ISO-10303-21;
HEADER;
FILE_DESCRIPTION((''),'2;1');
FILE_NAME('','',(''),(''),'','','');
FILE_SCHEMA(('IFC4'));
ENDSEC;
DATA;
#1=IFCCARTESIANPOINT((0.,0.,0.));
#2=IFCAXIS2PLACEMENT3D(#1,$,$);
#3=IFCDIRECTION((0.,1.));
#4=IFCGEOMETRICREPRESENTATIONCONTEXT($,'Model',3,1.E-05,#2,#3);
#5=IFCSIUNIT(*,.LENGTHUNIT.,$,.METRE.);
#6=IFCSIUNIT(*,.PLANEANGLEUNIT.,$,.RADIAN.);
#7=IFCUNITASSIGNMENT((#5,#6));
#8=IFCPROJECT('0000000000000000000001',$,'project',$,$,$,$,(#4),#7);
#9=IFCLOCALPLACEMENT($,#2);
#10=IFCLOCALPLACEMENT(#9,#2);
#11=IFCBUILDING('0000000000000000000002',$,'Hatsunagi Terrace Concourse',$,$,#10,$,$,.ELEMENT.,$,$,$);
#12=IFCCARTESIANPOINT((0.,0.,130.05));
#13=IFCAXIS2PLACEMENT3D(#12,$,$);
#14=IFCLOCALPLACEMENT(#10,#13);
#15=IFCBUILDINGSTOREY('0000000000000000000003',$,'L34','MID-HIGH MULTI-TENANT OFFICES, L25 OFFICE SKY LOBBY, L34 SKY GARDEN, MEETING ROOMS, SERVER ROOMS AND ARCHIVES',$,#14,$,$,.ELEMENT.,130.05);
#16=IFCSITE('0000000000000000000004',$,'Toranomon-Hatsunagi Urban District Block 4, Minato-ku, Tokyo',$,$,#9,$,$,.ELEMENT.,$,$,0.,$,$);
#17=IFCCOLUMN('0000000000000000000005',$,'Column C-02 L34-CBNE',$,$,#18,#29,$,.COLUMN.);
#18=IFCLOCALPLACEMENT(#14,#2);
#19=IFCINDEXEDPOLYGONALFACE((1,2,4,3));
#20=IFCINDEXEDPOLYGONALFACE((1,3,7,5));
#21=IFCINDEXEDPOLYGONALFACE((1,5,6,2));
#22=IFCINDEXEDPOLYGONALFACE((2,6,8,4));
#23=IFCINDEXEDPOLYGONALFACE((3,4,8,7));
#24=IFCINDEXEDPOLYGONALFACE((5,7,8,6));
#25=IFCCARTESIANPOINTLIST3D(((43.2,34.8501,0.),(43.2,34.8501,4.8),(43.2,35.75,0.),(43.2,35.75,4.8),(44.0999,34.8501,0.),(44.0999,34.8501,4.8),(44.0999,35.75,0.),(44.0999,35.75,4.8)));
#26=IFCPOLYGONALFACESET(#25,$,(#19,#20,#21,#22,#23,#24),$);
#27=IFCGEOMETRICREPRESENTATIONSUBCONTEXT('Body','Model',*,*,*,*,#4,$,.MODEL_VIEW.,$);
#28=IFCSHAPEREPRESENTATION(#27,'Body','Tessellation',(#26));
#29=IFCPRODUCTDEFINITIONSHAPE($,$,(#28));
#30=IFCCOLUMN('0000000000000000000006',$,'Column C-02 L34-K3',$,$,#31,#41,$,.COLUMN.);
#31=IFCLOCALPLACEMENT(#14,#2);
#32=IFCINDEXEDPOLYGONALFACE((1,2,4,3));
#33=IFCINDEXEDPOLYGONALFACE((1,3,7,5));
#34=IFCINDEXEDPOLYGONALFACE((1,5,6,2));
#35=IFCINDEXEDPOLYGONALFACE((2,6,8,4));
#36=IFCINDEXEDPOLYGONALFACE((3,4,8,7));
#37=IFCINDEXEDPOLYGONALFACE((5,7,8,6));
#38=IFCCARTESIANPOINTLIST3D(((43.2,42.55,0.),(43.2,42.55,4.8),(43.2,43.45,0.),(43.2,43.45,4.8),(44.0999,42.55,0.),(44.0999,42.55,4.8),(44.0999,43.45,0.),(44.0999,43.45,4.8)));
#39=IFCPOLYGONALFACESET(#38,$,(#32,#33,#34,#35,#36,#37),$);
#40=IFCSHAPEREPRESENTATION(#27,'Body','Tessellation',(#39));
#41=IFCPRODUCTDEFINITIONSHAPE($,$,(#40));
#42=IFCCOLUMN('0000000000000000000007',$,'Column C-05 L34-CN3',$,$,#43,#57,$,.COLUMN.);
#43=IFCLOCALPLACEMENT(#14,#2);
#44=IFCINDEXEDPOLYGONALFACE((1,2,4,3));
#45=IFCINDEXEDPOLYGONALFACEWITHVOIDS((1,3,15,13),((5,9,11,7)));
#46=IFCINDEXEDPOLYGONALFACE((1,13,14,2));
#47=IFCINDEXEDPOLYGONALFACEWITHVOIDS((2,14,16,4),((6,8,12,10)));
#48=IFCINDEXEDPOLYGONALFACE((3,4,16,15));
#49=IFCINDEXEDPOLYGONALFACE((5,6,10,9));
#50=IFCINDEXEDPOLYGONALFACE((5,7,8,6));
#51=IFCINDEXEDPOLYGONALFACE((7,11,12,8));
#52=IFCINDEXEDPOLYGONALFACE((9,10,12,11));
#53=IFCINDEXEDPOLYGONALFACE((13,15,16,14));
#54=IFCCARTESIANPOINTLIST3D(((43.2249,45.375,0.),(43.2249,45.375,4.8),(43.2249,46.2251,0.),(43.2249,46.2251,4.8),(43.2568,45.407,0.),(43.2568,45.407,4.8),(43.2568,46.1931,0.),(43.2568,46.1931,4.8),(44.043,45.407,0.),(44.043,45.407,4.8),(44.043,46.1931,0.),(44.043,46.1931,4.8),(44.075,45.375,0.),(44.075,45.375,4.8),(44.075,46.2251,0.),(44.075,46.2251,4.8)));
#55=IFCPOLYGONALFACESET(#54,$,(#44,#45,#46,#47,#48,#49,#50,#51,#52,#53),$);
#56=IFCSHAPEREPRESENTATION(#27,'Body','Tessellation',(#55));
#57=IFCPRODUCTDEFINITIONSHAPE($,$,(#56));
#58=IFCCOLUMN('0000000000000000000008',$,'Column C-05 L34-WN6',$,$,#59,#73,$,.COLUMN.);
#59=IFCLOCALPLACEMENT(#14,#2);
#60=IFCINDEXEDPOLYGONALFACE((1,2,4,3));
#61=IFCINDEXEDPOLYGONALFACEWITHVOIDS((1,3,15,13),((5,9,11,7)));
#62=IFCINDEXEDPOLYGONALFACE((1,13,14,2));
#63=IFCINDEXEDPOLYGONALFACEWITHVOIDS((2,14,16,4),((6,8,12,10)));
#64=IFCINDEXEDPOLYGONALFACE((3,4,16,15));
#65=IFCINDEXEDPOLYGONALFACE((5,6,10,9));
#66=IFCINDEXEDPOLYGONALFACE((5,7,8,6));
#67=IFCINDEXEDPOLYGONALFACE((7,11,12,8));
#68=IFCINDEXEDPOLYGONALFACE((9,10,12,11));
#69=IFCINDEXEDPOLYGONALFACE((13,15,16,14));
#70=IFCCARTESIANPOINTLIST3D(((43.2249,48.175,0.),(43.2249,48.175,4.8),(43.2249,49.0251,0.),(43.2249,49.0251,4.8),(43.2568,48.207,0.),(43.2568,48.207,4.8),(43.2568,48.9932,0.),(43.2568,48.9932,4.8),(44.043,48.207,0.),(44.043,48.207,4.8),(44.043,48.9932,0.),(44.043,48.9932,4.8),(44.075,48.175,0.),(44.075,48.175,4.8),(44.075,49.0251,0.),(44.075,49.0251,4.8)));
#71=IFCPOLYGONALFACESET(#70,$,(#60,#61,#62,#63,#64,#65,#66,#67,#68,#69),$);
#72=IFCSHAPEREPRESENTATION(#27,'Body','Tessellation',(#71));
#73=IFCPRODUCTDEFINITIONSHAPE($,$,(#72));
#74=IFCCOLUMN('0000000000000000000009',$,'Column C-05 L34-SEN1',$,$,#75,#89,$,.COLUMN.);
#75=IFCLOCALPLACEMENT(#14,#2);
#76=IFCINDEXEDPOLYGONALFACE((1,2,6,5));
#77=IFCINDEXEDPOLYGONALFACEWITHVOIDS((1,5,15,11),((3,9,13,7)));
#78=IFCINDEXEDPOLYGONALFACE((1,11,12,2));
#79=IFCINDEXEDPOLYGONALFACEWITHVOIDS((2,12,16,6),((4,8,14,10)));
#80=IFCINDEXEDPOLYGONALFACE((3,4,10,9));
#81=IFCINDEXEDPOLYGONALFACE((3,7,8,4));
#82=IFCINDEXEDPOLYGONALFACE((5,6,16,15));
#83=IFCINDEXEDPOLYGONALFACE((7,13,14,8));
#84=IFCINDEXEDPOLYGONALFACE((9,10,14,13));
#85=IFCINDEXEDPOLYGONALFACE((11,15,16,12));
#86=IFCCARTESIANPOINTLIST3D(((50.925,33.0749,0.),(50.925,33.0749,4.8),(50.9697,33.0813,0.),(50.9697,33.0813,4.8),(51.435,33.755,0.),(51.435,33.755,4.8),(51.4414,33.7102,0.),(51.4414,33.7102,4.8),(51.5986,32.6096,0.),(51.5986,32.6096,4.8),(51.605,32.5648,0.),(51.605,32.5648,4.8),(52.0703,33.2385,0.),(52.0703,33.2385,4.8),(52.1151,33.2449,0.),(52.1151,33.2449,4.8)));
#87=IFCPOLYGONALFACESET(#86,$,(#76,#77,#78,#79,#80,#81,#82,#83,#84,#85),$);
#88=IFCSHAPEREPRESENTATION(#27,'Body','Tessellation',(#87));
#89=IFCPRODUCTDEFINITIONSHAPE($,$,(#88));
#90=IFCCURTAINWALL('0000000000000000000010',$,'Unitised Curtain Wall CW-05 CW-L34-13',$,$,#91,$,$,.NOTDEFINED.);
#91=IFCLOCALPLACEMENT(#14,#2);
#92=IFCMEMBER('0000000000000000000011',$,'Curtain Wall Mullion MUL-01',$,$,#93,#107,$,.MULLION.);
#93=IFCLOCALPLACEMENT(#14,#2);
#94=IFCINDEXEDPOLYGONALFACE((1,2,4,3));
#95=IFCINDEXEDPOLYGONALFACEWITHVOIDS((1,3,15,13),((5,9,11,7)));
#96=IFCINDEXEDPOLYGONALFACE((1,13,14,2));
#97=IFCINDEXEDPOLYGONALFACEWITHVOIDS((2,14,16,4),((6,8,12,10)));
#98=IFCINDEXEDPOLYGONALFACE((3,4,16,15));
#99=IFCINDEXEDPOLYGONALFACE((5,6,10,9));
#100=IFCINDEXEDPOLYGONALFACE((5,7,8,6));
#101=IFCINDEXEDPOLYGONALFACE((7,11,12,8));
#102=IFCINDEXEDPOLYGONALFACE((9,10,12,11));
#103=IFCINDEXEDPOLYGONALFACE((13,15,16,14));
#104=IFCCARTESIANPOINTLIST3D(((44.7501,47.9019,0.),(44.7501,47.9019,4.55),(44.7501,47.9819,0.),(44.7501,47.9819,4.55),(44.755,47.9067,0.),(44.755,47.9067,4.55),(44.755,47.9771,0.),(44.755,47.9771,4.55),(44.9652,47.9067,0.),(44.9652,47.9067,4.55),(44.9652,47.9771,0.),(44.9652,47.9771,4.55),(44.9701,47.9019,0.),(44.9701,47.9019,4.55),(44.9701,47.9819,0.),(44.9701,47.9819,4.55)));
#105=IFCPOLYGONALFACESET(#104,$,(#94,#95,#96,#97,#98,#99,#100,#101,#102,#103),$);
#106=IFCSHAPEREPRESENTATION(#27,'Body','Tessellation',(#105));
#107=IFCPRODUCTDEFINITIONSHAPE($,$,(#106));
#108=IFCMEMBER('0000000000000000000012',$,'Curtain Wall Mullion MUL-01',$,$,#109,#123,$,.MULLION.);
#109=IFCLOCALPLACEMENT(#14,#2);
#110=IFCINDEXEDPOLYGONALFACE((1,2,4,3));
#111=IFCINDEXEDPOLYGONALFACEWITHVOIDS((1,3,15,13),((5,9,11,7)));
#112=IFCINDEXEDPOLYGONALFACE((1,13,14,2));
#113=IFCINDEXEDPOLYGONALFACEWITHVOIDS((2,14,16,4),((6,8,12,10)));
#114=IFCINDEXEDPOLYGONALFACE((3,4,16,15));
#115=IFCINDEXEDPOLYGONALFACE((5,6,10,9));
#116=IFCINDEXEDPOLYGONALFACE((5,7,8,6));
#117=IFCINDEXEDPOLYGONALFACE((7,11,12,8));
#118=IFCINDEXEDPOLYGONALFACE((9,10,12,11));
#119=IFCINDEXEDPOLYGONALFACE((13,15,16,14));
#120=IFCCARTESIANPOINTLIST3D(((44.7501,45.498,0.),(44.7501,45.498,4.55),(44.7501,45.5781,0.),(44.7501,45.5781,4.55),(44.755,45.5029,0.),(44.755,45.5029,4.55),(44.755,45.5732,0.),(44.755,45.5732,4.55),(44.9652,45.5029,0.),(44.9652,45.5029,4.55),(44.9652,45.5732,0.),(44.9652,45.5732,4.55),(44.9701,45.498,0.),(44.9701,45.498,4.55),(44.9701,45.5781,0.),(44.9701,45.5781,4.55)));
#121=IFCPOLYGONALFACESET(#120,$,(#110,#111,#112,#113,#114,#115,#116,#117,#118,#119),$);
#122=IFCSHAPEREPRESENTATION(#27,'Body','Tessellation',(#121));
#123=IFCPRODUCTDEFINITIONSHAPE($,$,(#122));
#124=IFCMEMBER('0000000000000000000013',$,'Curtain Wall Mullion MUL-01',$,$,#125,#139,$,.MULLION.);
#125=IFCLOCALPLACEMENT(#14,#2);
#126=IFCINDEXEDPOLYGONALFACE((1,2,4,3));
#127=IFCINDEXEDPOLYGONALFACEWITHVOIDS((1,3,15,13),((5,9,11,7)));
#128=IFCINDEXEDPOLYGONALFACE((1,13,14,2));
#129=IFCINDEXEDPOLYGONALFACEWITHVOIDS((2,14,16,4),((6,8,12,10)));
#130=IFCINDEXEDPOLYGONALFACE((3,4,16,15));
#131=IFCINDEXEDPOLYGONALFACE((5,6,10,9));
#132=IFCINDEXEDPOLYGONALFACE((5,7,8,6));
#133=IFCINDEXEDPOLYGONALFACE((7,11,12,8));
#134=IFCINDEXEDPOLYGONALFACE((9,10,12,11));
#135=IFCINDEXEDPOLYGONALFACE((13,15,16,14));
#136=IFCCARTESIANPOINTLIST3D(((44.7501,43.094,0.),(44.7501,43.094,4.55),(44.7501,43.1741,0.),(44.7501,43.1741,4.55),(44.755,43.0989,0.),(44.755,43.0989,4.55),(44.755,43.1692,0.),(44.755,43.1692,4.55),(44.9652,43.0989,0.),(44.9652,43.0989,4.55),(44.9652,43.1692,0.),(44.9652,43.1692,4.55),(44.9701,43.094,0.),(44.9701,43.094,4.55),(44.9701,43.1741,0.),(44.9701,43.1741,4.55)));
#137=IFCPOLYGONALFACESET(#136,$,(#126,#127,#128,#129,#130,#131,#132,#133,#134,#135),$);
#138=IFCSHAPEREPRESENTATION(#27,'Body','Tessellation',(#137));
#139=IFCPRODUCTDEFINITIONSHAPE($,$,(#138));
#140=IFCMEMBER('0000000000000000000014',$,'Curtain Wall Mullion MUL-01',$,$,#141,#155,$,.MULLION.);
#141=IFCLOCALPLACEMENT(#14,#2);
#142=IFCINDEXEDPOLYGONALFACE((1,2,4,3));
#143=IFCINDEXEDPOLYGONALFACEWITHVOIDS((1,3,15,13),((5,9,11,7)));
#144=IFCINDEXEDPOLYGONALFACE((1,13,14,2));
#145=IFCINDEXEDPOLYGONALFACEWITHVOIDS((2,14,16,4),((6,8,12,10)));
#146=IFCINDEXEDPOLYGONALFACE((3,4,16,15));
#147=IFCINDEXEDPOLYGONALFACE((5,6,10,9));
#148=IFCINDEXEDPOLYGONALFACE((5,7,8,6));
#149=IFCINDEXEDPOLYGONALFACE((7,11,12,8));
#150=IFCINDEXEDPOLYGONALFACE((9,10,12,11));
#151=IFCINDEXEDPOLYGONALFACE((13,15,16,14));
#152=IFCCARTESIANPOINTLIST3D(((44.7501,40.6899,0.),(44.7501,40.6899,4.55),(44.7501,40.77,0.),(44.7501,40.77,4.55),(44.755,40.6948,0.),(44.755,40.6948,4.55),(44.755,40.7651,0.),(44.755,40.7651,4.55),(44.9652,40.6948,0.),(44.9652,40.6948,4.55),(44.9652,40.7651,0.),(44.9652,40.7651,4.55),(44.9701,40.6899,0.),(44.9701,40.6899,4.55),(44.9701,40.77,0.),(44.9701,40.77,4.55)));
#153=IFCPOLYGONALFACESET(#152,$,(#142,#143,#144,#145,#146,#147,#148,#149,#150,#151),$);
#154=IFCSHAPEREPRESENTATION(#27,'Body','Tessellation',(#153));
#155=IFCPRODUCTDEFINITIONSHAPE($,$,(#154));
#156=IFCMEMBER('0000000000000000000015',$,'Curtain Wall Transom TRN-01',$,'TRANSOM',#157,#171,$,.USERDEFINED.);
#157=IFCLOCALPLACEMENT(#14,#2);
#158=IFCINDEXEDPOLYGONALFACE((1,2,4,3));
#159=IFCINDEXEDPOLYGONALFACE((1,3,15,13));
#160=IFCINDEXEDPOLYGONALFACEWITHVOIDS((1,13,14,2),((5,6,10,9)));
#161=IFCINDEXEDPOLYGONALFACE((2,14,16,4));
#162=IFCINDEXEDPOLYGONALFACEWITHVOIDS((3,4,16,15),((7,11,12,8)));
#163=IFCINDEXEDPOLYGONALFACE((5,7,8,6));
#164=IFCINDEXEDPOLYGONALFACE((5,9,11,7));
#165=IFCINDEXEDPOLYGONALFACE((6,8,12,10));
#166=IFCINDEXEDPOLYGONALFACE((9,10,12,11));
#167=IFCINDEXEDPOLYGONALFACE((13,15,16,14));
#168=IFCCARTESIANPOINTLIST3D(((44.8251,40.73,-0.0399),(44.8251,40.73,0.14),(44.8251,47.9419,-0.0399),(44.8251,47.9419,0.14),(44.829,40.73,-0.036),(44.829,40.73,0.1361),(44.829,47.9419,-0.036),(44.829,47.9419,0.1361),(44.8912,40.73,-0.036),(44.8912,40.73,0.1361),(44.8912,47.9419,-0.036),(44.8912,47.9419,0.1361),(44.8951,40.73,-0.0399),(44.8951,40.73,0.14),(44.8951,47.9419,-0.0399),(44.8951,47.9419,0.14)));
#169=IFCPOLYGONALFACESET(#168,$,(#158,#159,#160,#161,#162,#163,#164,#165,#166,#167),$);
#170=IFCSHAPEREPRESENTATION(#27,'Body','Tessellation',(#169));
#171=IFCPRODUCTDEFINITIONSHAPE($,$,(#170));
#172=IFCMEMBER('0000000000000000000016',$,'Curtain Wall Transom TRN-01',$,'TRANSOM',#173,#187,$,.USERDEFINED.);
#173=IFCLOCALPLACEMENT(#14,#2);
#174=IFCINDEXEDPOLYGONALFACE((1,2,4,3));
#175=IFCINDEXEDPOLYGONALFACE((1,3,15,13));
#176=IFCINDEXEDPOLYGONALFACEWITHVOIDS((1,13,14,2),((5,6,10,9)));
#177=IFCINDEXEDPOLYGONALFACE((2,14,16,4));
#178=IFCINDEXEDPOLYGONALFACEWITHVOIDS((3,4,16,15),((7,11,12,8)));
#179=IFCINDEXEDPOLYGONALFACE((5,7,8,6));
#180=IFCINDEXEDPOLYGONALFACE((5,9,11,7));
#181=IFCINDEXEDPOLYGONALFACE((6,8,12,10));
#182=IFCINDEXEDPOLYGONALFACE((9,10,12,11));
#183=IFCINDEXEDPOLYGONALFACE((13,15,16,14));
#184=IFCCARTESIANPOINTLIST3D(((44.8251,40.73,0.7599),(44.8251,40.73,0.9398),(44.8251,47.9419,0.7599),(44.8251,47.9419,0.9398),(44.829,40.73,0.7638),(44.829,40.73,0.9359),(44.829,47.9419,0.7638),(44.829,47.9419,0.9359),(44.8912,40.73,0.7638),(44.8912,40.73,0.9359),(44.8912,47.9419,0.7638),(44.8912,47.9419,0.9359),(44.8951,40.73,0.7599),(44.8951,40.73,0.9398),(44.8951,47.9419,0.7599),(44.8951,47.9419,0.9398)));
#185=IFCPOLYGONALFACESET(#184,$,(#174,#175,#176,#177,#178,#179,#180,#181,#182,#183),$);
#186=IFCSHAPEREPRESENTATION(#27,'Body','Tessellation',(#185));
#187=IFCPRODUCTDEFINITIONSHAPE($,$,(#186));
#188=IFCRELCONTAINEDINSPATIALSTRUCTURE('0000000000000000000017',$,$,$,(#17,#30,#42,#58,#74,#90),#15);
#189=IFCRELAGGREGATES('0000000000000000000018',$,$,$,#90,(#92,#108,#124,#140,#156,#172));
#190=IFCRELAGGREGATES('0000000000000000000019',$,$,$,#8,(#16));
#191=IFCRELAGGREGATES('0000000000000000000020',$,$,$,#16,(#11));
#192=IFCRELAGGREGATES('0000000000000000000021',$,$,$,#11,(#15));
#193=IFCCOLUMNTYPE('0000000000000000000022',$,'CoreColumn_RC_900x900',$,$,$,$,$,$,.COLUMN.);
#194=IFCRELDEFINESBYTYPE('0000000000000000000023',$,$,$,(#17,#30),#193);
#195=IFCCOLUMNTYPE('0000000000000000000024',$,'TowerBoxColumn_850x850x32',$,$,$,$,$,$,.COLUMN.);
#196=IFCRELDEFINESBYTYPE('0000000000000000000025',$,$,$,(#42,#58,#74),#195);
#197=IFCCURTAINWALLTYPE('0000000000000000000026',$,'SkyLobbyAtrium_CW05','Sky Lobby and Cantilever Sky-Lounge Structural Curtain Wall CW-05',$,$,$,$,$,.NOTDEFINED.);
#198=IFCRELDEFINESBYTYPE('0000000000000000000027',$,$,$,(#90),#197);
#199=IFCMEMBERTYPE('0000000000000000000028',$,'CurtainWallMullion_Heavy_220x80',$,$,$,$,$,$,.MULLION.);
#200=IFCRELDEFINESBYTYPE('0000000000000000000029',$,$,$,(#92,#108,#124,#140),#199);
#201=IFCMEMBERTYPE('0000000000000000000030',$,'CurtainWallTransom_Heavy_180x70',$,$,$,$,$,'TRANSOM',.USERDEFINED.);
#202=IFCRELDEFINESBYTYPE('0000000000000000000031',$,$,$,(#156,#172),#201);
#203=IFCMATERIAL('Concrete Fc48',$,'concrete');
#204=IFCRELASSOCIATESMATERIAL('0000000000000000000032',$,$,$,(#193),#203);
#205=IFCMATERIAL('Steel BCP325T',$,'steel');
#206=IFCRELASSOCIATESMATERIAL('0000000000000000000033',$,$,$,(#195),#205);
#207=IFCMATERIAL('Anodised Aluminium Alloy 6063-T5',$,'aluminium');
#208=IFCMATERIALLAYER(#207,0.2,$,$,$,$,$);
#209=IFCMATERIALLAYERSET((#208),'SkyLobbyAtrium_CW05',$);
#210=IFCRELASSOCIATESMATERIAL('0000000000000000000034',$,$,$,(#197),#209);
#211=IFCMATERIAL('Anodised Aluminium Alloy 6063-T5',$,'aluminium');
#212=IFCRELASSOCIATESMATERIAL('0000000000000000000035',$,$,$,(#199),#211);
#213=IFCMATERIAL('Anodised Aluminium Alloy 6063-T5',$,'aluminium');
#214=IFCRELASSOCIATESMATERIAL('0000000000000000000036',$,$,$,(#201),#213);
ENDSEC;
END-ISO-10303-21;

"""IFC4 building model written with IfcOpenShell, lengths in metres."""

from ifc_helpers import new_model, si_unit, direction, frame, origin, origin_2d, place, context, subcontext, project, spatial, rectangle, hollow_rectangle, extrude, material, layer, layer_set, material_profile, profile_set, type_object, element, aggregate, save


model = new_model("IFC4")

# Units and contexts
model_context = context("Model", 3, precision=1e-05, world=origin(), true_north=direction((0.0, 1.0)))
body_context = subcontext(model_context, "Body", "Model", "MODEL_VIEW")
ifc_project = project(units=[si_unit("LENGTHUNIT", "METRE"), si_unit("PLANEANGLEUNIT", "RADIAN")], contexts=[model_context])

# Site, building, storey
site_placement = place(None, origin())
site = spatial("IfcSite", under=ifc_project, at=site_placement, Name="Toranomon-Hatsunagi Urban District Block 4, Minato-ku, Tokyo", CompositionType="ELEMENT", RefElevation=0.0)
building_placement = place(site_placement, origin())
building = spatial("IfcBuilding", under=site, at=building_placement, Name="Hatsunagi Terrace Concourse", CompositionType="ELEMENT")
storey_placement = place(building_placement, frame((0.0, 0.0, 130.05)))
storey = spatial("IfcBuildingStorey", under=building, at=storey_placement, Name="L34", Description="MID-HIGH MULTI-TENANT OFFICES, L25 OFFICE SKY LOBBY, L34 SKY GARDEN, MEETING ROOMS, SERVER ROOMS AND ARCHIVES", CompositionType="ELEMENT", Elevation=130.05)

# Columns
ifc_material_1 = material(Name="Concrete Fc48", Category="concrete")
ifc_material_profile_1 = material_profile(ifc_material_1, rectangle(XDim=0.8999, YDim=0.8999, at=origin_2d()), Name="RC-900x900")
ifc_profile_set_1 = profile_set([ifc_material_profile_1], Name="Concrete Fc48")
column_type_1 = type_object("IfcColumnType", Name="CoreColumn_RC_900x900", PredefinedType="COLUMN", material=ifc_profile_set_1)
for number, where, z_axis, x_axis, name in (
    (1, (43.6499, 35.3, 0.0), (0.0, 0.0, 1.0), (1.0, 0.0, 0.0), "Column C-02 L34-CBNE"),
    (2, (43.6499, 43.0, 0.0), (0.0, 0.0, 1.0), (1.0, 0.0, 0.0), "Column C-02 L34-K3"),
):
    element("IfcColumn", number, at=place(storey_placement, frame(where, z_axis=z_axis, x_axis=x_axis)), inside=storey, type_object=column_type_1, Name=name, PredefinedType="COLUMN", context=body_context, shape_type="SweptSolid", body=[
        extrude(rectangle(XDim=0.8999, YDim=0.8999, at=origin_2d()), origin(), (0.0, 0.0, 1.0), 4.8),
    ])
ifc_material_2 = material(Name="Steel BCP325T", Category="steel")
ifc_material_profile_2 = material_profile(ifc_material_2, hollow_rectangle(XDim=0.8501, YDim=0.8501, WallThickness=0.032, at=origin_2d()), Name="BCP-850x850x32")
ifc_profile_set_2 = profile_set([ifc_material_profile_2], Name="Steel BCP325T")
column_type_2 = type_object("IfcColumnType", Name="TowerBoxColumn_850x850x32", PredefinedType="COLUMN", material=ifc_profile_set_2)
for number, where, z_axis, x_axis, name in (
    (3, (43.6499, 45.8, 0.0), (0.0, 0.0, 1.0), (1.0, 0.0, 0.0), "Column C-05 L34-CN3"),
    (4, (43.6499, 48.6001, 0.0), (0.0, 0.0, 1.0), (1.0, 0.0, 0.0), "Column C-05 L34-WN6"),
    (5, (51.52, 33.1599, 0.0), (0.0, 0.0, 1.0), (0.8, -0.6, 0.0), "Column C-05 L34-SEN1"),
):
    element("IfcColumn", number, at=place(storey_placement, frame(where, z_axis=z_axis, x_axis=x_axis)), inside=storey, type_object=column_type_2, Name=name, PredefinedType="COLUMN", context=body_context, shape_type="SweptSolid", body=[
        extrude(hollow_rectangle(XDim=0.8501, YDim=0.8501, WallThickness=0.032, at=origin_2d()), origin(), (0.0, 0.0, 1.0), 4.8),
    ])

# Curtain wall, members
ifc_material_3 = material(Name="Anodised Aluminium Alloy 6063-T5", Category="aluminium")
ifc_layer_1 = layer(ifc_material_3, 0.2)
ifc_layer_set_1 = layer_set([ifc_layer_1], Name="SkyLobbyAtrium_CW05")
curtain_wall_type = type_object("IfcCurtainWallType", Name="SkyLobbyAtrium_CW05", Description="Sky Lobby and Cantilever Sky-Lounge Structural Curtain Wall CW-05", PredefinedType="NOTDEFINED", material=ifc_layer_set_1)
curtain_wall_placement = place(storey_placement, origin())
curtain_wall = element("IfcCurtainWall", 6, at=curtain_wall_placement, inside=storey, type_object=curtain_wall_type, Name="Unitised Curtain Wall CW-05 CW-L34-13", PredefinedType="NOTDEFINED")
ifc_material_4 = material(Name="Anodised Aluminium Alloy 6063-T5", Category="aluminium")
ifc_material_profile_3 = material_profile(ifc_material_4, hollow_rectangle(XDim=0.0801, YDim=0.22, WallThickness=0.0049, at=origin_2d()), Name="ALU-MUL-220x80x5")
ifc_profile_set_3 = profile_set([ifc_material_profile_3], Name="Anodised Aluminium Alloy 6063-T5")
member_type_1 = type_object("IfcMemberType", Name="CurtainWallMullion_Heavy_220x80", PredefinedType="MULLION", material=ifc_profile_set_3)
member_1_placement = place(storey_placement, frame((44.8601, 47.9419, 0.0), z_axis=(0.0, 0.0, 1.0), x_axis=(0.0, -1.0, 0.0)))
member_1 = element("IfcMember", 7, at=member_1_placement, type_object=member_type_1, Name="Curtain Wall Mullion MUL-01", PredefinedType="MULLION", context=body_context, shape_type="SweptSolid", body=[
    extrude(hollow_rectangle(XDim=0.0801, YDim=0.22, WallThickness=0.0049, at=origin_2d()), origin(), (0.0, 0.0, 1.0), 4.55),
])
member_2_placement = place(storey_placement, frame((44.8601, 45.5381, 0.0), z_axis=(0.0, 0.0, 1.0), x_axis=(0.0, -1.0, 0.0)))
member_2 = element("IfcMember", 8, at=member_2_placement, type_object=member_type_1, Name="Curtain Wall Mullion MUL-01", PredefinedType="MULLION", context=body_context, shape_type="SweptSolid", body=[
    extrude(hollow_rectangle(XDim=0.0801, YDim=0.22, WallThickness=0.0049, at=origin_2d()), origin(), (0.0, 0.0, 1.0), 4.55),
])
member_3_placement = place(storey_placement, frame((44.8601, 43.134, 0.0), z_axis=(0.0, 0.0, 1.0), x_axis=(0.0, -1.0, 0.0)))
member_3 = element("IfcMember", 9, at=member_3_placement, type_object=member_type_1, Name="Curtain Wall Mullion MUL-01", PredefinedType="MULLION", context=body_context, shape_type="SweptSolid", body=[
    extrude(hollow_rectangle(XDim=0.0801, YDim=0.22, WallThickness=0.0049, at=origin_2d()), origin(), (0.0, 0.0, 1.0), 4.55),
])
member_4_placement = place(storey_placement, frame((44.8601, 40.73, 0.0), z_axis=(0.0, 0.0, 1.0), x_axis=(0.0, -1.0, 0.0)))
member_4 = element("IfcMember", 10, at=member_4_placement, type_object=member_type_1, Name="Curtain Wall Mullion MUL-01", PredefinedType="MULLION", context=body_context, shape_type="SweptSolid", body=[
    extrude(hollow_rectangle(XDim=0.0801, YDim=0.22, WallThickness=0.0049, at=origin_2d()), origin(), (0.0, 0.0, 1.0), 4.55),
])
ifc_material_5 = material(Name="Anodised Aluminium Alloy 6063-T5", Category="aluminium")
ifc_material_profile_4 = material_profile(ifc_material_5, hollow_rectangle(XDim=0.0701, YDim=0.1799, WallThickness=0.0039, at=origin_2d()), Name="ALU-TRN-180x70x4")
ifc_profile_set_4 = profile_set([ifc_material_profile_4], Name="Anodised Aluminium Alloy 6063-T5")
member_type_2 = type_object("IfcMemberType", Name="CurtainWallTransom_Heavy_180x70", ElementType="TRANSOM", PredefinedType="USERDEFINED", material=ifc_profile_set_4)
member_5_placement = place(storey_placement, frame((44.8601, 47.9419, 0.05), z_axis=(0.0, -1.0, 0.0), x_axis=(1.0, 0.0, 0.0)))
member_5 = element("IfcMember", 11, at=member_5_placement, type_object=member_type_2, Name="Curtain Wall Transom TRN-01", ObjectType="TRANSOM", PredefinedType="USERDEFINED", context=body_context, shape_type="SweptSolid", body=[
    extrude(hollow_rectangle(XDim=0.0701, YDim=0.1799, WallThickness=0.0039, at=origin_2d()), origin(), (0.0, 0.0, 1.0), 7.2119),
])
member_6_placement = place(storey_placement, frame((44.8601, 47.9419, 0.8499), z_axis=(0.0, -1.0, 0.0), x_axis=(1.0, 0.0, 0.0)))
member_6 = element("IfcMember", 12, at=member_6_placement, type_object=member_type_2, Name="Curtain Wall Transom TRN-01", ObjectType="TRANSOM", PredefinedType="USERDEFINED", context=body_context, shape_type="SweptSolid", body=[
    extrude(hollow_rectangle(XDim=0.0701, YDim=0.1799, WallThickness=0.0039, at=origin_2d()), origin(), (0.0, 0.0, 1.0), 7.2119),
])

aggregate(curtain_wall, [member_1, member_2, member_3, member_4, member_5, member_6])

save(model, "model.ifc")
